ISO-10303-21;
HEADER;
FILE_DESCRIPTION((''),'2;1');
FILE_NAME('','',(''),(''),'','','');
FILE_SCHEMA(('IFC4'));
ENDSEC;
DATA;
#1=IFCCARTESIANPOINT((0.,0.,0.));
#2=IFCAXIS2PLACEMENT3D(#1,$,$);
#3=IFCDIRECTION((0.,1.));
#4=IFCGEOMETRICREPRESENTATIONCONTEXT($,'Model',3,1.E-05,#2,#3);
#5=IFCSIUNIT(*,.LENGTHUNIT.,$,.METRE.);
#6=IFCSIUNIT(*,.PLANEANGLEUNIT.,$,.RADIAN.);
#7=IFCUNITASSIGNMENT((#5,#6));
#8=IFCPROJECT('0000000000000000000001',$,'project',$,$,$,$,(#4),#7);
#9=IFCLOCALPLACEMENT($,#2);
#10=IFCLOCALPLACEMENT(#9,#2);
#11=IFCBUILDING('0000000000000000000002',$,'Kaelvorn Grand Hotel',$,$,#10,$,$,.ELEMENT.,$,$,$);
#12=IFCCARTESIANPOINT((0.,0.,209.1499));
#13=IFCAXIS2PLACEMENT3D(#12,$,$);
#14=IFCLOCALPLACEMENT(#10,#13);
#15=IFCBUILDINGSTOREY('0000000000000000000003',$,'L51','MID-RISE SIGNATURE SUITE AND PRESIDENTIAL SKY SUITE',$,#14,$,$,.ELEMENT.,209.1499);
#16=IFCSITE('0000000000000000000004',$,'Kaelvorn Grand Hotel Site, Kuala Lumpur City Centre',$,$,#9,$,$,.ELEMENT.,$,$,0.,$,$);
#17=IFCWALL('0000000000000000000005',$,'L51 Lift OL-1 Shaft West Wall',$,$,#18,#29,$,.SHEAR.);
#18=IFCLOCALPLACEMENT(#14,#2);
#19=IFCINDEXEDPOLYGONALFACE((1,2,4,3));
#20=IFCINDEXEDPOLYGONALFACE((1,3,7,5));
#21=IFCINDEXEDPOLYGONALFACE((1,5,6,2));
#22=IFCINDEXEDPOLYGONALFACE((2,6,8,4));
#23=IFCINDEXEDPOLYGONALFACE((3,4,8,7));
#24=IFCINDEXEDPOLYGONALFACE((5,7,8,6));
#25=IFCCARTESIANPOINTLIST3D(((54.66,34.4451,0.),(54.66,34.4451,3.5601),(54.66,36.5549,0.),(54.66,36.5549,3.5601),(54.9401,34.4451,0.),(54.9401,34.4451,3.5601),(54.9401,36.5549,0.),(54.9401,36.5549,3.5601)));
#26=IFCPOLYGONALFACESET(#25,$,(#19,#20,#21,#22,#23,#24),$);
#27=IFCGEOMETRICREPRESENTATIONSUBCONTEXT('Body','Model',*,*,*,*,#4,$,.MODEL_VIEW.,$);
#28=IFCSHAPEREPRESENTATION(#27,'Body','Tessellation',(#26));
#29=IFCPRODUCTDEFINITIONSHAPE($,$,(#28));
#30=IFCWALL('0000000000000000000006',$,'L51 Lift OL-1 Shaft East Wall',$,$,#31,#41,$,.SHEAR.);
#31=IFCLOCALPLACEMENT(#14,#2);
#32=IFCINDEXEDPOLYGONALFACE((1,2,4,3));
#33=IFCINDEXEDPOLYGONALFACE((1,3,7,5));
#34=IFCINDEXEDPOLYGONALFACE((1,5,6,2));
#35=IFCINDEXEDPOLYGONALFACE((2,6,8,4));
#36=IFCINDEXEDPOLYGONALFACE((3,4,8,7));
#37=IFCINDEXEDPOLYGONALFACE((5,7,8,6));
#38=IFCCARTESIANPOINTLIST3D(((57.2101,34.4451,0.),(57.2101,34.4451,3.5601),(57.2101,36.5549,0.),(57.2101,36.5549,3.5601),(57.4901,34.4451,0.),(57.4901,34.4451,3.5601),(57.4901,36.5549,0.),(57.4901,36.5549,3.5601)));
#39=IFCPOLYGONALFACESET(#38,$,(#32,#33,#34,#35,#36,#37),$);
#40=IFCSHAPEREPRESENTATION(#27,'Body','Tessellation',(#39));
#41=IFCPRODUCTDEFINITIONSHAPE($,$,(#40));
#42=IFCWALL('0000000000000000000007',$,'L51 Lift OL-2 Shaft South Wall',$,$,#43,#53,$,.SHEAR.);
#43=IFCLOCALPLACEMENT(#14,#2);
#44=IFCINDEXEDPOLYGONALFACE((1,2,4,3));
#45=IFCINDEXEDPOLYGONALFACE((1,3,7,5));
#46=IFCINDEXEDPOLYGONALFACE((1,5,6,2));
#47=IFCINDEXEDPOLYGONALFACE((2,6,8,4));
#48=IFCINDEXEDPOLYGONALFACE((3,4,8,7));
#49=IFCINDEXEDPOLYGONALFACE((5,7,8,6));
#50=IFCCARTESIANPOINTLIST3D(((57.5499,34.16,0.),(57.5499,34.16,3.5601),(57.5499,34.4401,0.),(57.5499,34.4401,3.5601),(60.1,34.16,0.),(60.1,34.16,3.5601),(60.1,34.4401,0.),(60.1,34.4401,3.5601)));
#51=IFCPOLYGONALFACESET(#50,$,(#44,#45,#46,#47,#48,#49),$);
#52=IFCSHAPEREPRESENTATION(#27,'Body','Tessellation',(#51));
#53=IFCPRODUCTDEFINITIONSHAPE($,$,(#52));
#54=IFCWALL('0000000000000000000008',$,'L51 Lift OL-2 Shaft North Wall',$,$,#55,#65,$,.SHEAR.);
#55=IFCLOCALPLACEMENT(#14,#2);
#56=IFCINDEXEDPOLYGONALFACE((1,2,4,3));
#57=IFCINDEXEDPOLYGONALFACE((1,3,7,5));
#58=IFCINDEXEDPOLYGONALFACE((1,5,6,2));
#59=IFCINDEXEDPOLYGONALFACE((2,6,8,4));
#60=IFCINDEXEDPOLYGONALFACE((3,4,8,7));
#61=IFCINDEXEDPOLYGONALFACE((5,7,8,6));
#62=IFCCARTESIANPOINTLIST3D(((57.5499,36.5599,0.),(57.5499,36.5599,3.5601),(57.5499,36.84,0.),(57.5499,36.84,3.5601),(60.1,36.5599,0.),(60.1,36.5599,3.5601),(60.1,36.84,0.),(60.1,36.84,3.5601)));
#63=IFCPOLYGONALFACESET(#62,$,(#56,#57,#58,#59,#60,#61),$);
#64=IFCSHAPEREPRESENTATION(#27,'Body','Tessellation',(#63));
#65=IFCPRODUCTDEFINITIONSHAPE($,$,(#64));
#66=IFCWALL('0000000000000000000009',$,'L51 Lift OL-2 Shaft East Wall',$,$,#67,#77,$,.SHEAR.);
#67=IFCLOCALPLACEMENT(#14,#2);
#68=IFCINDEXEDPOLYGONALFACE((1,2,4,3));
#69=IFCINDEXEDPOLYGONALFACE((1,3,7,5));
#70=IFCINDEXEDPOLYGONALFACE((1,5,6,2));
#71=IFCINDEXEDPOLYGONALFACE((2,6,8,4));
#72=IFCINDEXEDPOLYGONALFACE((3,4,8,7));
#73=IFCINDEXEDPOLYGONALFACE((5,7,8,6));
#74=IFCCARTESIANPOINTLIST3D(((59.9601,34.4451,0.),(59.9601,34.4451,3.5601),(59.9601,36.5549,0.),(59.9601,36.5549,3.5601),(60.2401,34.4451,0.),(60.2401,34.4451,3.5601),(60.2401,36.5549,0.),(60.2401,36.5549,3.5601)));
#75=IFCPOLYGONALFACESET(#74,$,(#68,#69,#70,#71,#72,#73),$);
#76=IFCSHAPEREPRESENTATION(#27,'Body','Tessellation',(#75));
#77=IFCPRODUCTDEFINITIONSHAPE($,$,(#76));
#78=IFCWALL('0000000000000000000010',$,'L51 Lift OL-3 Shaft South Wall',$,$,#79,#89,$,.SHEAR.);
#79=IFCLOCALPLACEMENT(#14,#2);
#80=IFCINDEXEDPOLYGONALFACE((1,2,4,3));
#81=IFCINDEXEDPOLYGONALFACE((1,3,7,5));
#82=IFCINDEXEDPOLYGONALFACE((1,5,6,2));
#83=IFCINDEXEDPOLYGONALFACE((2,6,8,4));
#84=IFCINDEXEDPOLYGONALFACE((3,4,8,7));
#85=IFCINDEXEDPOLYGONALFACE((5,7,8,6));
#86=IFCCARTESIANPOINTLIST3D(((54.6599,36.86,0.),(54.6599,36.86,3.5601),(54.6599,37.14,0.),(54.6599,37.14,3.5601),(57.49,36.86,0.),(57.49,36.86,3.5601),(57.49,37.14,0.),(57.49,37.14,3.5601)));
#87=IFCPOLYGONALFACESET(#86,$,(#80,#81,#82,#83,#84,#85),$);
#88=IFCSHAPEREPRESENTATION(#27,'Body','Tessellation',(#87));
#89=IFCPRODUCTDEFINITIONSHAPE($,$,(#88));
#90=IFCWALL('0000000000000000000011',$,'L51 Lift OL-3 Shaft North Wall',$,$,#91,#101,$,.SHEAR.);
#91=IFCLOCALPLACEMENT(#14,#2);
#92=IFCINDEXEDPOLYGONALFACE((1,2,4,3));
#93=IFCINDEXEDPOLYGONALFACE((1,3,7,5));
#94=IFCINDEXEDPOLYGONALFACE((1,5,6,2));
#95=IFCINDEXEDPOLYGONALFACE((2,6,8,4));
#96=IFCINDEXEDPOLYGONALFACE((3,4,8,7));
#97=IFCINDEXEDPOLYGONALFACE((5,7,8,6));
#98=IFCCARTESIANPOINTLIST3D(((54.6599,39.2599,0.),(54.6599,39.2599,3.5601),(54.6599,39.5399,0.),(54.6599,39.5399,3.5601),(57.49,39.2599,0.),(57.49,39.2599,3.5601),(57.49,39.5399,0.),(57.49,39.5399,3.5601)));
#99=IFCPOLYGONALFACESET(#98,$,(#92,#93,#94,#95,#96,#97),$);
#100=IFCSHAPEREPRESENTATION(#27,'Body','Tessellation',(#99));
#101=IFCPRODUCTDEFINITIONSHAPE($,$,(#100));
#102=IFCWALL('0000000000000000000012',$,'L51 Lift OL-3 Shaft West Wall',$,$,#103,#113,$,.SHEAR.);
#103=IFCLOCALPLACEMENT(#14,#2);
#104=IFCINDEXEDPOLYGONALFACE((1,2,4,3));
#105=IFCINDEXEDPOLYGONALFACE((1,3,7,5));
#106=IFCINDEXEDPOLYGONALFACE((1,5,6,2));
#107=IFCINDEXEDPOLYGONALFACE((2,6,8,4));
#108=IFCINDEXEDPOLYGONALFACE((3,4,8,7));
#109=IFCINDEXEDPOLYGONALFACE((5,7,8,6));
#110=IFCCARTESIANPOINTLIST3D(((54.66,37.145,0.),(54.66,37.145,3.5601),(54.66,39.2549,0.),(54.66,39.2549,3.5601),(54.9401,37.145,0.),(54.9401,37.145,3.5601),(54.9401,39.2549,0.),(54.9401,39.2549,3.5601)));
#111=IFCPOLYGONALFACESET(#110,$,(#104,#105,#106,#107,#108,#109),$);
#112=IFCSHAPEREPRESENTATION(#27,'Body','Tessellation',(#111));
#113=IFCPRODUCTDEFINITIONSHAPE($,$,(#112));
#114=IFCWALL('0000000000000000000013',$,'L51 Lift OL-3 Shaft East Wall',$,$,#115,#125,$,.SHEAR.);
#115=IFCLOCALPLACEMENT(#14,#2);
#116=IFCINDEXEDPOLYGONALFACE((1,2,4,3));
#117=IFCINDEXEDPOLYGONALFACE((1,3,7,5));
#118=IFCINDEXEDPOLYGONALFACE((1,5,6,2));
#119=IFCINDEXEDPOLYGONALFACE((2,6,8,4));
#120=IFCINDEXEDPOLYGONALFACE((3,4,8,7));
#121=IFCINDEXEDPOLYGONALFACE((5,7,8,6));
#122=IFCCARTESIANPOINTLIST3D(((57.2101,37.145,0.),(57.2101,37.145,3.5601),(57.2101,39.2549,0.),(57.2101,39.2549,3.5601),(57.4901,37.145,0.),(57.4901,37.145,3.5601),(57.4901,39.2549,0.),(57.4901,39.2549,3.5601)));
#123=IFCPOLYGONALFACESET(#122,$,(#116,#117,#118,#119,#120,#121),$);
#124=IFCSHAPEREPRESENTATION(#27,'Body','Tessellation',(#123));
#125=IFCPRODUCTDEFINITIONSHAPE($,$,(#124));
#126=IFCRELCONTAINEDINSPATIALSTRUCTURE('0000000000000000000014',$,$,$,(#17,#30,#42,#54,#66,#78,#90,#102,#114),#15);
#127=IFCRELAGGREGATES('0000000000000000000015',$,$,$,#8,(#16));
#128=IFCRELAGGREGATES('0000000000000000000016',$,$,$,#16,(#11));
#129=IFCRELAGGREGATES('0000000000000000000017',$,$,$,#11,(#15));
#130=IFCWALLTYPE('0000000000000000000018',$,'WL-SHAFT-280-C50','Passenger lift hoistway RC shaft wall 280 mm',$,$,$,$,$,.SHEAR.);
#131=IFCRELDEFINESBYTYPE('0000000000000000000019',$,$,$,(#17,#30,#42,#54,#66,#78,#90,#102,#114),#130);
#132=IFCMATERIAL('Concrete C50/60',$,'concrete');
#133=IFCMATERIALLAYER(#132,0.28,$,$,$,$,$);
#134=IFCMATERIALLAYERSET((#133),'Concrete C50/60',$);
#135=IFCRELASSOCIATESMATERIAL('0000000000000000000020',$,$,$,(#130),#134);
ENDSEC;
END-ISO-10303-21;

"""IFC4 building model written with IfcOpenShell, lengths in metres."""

from ifc_helpers import new_model, si_unit, direction, frame, frame_2d, origin, place, context, subcontext, project, spatial, rectangle, extrude, material, layer, layer_set, type_object, element, save


model = new_model("IFC4")

# Units and contexts
model_context = context("Model", 3, precision=1e-05, world=origin(), true_north=direction((0.0, 1.0)))
body_context = subcontext(model_context, "Body", "Model", "MODEL_VIEW")
ifc_project = project(units=[si_unit("LENGTHUNIT", "METRE"), si_unit("PLANEANGLEUNIT", "RADIAN")], contexts=[model_context])

# Site, building, storey
site_placement = place(None, origin())
site = spatial("IfcSite", under=ifc_project, at=site_placement, Name="Kaelvorn Grand Hotel Site, Kuala Lumpur City Centre", CompositionType="ELEMENT", RefElevation=0.0)
building_placement = place(site_placement, origin())
building = spatial("IfcBuilding", under=site, at=building_placement, Name="Kaelvorn Grand Hotel", CompositionType="ELEMENT")
storey_placement = place(building_placement, frame((0.0, 0.0, 209.1499)))
storey = spatial("IfcBuildingStorey", under=building, at=storey_placement, Name="L51", Description="MID-RISE SIGNATURE SUITE AND PRESIDENTIAL SKY SUITE", CompositionType="ELEMENT", Elevation=209.1499)

# Shared definitions
ifc_material_1 = material(Name="Concrete C50/60", Category="concrete")

# Walls
ifc_layer_1 = layer(ifc_material_1, 0.28)
ifc_layer_set_1 = layer_set([ifc_layer_1], Name="Concrete C50/60")
wall_type_1 = type_object("IfcWallType", Name="WL-SHAFT-280-C50", Description="Passenger lift hoistway RC shaft wall 280 mm", PredefinedType="SHEAR", material=ifc_layer_set_1)
for number, where, z_axis, x_axis, name in (
    (1, (54.8, 34.4451, 0.0), (0.0, 0.0, 1.0), (0.0, 1.0, 0.0), "L51 Lift OL-1 Shaft West Wall"),
    (2, (57.3501, 34.4451, 0.0), (0.0, 0.0, 1.0), (0.0, 1.0, 0.0), "L51 Lift OL-1 Shaft East Wall"),
):
    element("IfcWall", number, at=place(storey_placement, frame(where, z_axis=z_axis, x_axis=x_axis)), inside=storey, type_object=wall_type_1, Name=name, PredefinedType="SHEAR", context=body_context, shape_type="SweptSolid", body=[
        extrude(rectangle(XDim=2.1099, YDim=0.28, at=frame_2d((1.0549, 0.0))), origin(), (0.0, 0.0, 1.0), 3.5601),
    ])
for number, where, z_axis, x_axis, name in (
    (3, (57.55, 34.3, 0.0), (0.0, 0.0, 1.0), (1.0, 0.0, 0.0), "L51 Lift OL-2 Shaft South Wall"),
    (4, (57.55, 36.7, 0.0), (0.0, 0.0, 1.0), (1.0, 0.0, 0.0), "L51 Lift OL-2 Shaft North Wall"),
):
    element("IfcWall", number, at=place(storey_placement, frame(where, z_axis=z_axis, x_axis=x_axis)), inside=storey, type_object=wall_type_1, Name=name, PredefinedType="SHEAR", context=body_context, shape_type="SweptSolid", body=[
        extrude(rectangle(XDim=2.55, YDim=0.28, at=frame_2d((1.2749, 0.0))), origin(), (0.0, 0.0, 1.0), 3.5601),
    ])
wall_1_placement = place(storey_placement, frame((60.1001, 34.4451, 0.0), z_axis=(0.0, 0.0, 1.0), x_axis=(0.0, 1.0, 0.0)))
element("IfcWall", 5, at=wall_1_placement, inside=storey, type_object=wall_type_1, Name="L51 Lift OL-2 Shaft East Wall", PredefinedType="SHEAR", context=body_context, shape_type="SweptSolid", body=[
    extrude(rectangle(XDim=2.1099, YDim=0.28, at=frame_2d((1.0549, 0.0))), origin(), (0.0, 0.0, 1.0), 3.5601),
])
for number, where, z_axis, x_axis, name in (
    (6, (54.6599, 37.0, 0.0), (0.0, 0.0, 1.0), (1.0, 0.0, 0.0), "L51 Lift OL-3 Shaft South Wall"),
    (7, (54.6599, 39.3999, 0.0), (0.0, 0.0, 1.0), (1.0, 0.0, 0.0), "L51 Lift OL-3 Shaft North Wall"),
):
    element("IfcWall", number, at=place(storey_placement, frame(where, z_axis=z_axis, x_axis=x_axis)), inside=storey, type_object=wall_type_1, Name=name, PredefinedType="SHEAR", context=body_context, shape_type="SweptSolid", body=[
        extrude(rectangle(XDim=2.8301, YDim=0.28, at=frame_2d((1.415, 0.0))), origin(), (0.0, 0.0, 1.0), 3.5601),
    ])
for number, where, z_axis, x_axis, name in (
    (8, (54.8, 37.145, 0.0), (0.0, 0.0, 1.0), (0.0, 1.0, 0.0), "L51 Lift OL-3 Shaft West Wall"),
    (9, (57.3501, 37.145, 0.0), (0.0, 0.0, 1.0), (0.0, 1.0, 0.0), "L51 Lift OL-3 Shaft East Wall"),
):
    element("IfcWall", number, at=place(storey_placement, frame(where, z_axis=z_axis, x_axis=x_axis)), inside=storey, type_object=wall_type_1, Name=name, PredefinedType="SHEAR", context=body_context, shape_type="SweptSolid", body=[
        extrude(rectangle(XDim=2.1099, YDim=0.28, at=frame_2d((1.0549, 0.0))), origin(), (0.0, 0.0, 1.0), 3.5601),
    ])

save(model, "model.ifc")
